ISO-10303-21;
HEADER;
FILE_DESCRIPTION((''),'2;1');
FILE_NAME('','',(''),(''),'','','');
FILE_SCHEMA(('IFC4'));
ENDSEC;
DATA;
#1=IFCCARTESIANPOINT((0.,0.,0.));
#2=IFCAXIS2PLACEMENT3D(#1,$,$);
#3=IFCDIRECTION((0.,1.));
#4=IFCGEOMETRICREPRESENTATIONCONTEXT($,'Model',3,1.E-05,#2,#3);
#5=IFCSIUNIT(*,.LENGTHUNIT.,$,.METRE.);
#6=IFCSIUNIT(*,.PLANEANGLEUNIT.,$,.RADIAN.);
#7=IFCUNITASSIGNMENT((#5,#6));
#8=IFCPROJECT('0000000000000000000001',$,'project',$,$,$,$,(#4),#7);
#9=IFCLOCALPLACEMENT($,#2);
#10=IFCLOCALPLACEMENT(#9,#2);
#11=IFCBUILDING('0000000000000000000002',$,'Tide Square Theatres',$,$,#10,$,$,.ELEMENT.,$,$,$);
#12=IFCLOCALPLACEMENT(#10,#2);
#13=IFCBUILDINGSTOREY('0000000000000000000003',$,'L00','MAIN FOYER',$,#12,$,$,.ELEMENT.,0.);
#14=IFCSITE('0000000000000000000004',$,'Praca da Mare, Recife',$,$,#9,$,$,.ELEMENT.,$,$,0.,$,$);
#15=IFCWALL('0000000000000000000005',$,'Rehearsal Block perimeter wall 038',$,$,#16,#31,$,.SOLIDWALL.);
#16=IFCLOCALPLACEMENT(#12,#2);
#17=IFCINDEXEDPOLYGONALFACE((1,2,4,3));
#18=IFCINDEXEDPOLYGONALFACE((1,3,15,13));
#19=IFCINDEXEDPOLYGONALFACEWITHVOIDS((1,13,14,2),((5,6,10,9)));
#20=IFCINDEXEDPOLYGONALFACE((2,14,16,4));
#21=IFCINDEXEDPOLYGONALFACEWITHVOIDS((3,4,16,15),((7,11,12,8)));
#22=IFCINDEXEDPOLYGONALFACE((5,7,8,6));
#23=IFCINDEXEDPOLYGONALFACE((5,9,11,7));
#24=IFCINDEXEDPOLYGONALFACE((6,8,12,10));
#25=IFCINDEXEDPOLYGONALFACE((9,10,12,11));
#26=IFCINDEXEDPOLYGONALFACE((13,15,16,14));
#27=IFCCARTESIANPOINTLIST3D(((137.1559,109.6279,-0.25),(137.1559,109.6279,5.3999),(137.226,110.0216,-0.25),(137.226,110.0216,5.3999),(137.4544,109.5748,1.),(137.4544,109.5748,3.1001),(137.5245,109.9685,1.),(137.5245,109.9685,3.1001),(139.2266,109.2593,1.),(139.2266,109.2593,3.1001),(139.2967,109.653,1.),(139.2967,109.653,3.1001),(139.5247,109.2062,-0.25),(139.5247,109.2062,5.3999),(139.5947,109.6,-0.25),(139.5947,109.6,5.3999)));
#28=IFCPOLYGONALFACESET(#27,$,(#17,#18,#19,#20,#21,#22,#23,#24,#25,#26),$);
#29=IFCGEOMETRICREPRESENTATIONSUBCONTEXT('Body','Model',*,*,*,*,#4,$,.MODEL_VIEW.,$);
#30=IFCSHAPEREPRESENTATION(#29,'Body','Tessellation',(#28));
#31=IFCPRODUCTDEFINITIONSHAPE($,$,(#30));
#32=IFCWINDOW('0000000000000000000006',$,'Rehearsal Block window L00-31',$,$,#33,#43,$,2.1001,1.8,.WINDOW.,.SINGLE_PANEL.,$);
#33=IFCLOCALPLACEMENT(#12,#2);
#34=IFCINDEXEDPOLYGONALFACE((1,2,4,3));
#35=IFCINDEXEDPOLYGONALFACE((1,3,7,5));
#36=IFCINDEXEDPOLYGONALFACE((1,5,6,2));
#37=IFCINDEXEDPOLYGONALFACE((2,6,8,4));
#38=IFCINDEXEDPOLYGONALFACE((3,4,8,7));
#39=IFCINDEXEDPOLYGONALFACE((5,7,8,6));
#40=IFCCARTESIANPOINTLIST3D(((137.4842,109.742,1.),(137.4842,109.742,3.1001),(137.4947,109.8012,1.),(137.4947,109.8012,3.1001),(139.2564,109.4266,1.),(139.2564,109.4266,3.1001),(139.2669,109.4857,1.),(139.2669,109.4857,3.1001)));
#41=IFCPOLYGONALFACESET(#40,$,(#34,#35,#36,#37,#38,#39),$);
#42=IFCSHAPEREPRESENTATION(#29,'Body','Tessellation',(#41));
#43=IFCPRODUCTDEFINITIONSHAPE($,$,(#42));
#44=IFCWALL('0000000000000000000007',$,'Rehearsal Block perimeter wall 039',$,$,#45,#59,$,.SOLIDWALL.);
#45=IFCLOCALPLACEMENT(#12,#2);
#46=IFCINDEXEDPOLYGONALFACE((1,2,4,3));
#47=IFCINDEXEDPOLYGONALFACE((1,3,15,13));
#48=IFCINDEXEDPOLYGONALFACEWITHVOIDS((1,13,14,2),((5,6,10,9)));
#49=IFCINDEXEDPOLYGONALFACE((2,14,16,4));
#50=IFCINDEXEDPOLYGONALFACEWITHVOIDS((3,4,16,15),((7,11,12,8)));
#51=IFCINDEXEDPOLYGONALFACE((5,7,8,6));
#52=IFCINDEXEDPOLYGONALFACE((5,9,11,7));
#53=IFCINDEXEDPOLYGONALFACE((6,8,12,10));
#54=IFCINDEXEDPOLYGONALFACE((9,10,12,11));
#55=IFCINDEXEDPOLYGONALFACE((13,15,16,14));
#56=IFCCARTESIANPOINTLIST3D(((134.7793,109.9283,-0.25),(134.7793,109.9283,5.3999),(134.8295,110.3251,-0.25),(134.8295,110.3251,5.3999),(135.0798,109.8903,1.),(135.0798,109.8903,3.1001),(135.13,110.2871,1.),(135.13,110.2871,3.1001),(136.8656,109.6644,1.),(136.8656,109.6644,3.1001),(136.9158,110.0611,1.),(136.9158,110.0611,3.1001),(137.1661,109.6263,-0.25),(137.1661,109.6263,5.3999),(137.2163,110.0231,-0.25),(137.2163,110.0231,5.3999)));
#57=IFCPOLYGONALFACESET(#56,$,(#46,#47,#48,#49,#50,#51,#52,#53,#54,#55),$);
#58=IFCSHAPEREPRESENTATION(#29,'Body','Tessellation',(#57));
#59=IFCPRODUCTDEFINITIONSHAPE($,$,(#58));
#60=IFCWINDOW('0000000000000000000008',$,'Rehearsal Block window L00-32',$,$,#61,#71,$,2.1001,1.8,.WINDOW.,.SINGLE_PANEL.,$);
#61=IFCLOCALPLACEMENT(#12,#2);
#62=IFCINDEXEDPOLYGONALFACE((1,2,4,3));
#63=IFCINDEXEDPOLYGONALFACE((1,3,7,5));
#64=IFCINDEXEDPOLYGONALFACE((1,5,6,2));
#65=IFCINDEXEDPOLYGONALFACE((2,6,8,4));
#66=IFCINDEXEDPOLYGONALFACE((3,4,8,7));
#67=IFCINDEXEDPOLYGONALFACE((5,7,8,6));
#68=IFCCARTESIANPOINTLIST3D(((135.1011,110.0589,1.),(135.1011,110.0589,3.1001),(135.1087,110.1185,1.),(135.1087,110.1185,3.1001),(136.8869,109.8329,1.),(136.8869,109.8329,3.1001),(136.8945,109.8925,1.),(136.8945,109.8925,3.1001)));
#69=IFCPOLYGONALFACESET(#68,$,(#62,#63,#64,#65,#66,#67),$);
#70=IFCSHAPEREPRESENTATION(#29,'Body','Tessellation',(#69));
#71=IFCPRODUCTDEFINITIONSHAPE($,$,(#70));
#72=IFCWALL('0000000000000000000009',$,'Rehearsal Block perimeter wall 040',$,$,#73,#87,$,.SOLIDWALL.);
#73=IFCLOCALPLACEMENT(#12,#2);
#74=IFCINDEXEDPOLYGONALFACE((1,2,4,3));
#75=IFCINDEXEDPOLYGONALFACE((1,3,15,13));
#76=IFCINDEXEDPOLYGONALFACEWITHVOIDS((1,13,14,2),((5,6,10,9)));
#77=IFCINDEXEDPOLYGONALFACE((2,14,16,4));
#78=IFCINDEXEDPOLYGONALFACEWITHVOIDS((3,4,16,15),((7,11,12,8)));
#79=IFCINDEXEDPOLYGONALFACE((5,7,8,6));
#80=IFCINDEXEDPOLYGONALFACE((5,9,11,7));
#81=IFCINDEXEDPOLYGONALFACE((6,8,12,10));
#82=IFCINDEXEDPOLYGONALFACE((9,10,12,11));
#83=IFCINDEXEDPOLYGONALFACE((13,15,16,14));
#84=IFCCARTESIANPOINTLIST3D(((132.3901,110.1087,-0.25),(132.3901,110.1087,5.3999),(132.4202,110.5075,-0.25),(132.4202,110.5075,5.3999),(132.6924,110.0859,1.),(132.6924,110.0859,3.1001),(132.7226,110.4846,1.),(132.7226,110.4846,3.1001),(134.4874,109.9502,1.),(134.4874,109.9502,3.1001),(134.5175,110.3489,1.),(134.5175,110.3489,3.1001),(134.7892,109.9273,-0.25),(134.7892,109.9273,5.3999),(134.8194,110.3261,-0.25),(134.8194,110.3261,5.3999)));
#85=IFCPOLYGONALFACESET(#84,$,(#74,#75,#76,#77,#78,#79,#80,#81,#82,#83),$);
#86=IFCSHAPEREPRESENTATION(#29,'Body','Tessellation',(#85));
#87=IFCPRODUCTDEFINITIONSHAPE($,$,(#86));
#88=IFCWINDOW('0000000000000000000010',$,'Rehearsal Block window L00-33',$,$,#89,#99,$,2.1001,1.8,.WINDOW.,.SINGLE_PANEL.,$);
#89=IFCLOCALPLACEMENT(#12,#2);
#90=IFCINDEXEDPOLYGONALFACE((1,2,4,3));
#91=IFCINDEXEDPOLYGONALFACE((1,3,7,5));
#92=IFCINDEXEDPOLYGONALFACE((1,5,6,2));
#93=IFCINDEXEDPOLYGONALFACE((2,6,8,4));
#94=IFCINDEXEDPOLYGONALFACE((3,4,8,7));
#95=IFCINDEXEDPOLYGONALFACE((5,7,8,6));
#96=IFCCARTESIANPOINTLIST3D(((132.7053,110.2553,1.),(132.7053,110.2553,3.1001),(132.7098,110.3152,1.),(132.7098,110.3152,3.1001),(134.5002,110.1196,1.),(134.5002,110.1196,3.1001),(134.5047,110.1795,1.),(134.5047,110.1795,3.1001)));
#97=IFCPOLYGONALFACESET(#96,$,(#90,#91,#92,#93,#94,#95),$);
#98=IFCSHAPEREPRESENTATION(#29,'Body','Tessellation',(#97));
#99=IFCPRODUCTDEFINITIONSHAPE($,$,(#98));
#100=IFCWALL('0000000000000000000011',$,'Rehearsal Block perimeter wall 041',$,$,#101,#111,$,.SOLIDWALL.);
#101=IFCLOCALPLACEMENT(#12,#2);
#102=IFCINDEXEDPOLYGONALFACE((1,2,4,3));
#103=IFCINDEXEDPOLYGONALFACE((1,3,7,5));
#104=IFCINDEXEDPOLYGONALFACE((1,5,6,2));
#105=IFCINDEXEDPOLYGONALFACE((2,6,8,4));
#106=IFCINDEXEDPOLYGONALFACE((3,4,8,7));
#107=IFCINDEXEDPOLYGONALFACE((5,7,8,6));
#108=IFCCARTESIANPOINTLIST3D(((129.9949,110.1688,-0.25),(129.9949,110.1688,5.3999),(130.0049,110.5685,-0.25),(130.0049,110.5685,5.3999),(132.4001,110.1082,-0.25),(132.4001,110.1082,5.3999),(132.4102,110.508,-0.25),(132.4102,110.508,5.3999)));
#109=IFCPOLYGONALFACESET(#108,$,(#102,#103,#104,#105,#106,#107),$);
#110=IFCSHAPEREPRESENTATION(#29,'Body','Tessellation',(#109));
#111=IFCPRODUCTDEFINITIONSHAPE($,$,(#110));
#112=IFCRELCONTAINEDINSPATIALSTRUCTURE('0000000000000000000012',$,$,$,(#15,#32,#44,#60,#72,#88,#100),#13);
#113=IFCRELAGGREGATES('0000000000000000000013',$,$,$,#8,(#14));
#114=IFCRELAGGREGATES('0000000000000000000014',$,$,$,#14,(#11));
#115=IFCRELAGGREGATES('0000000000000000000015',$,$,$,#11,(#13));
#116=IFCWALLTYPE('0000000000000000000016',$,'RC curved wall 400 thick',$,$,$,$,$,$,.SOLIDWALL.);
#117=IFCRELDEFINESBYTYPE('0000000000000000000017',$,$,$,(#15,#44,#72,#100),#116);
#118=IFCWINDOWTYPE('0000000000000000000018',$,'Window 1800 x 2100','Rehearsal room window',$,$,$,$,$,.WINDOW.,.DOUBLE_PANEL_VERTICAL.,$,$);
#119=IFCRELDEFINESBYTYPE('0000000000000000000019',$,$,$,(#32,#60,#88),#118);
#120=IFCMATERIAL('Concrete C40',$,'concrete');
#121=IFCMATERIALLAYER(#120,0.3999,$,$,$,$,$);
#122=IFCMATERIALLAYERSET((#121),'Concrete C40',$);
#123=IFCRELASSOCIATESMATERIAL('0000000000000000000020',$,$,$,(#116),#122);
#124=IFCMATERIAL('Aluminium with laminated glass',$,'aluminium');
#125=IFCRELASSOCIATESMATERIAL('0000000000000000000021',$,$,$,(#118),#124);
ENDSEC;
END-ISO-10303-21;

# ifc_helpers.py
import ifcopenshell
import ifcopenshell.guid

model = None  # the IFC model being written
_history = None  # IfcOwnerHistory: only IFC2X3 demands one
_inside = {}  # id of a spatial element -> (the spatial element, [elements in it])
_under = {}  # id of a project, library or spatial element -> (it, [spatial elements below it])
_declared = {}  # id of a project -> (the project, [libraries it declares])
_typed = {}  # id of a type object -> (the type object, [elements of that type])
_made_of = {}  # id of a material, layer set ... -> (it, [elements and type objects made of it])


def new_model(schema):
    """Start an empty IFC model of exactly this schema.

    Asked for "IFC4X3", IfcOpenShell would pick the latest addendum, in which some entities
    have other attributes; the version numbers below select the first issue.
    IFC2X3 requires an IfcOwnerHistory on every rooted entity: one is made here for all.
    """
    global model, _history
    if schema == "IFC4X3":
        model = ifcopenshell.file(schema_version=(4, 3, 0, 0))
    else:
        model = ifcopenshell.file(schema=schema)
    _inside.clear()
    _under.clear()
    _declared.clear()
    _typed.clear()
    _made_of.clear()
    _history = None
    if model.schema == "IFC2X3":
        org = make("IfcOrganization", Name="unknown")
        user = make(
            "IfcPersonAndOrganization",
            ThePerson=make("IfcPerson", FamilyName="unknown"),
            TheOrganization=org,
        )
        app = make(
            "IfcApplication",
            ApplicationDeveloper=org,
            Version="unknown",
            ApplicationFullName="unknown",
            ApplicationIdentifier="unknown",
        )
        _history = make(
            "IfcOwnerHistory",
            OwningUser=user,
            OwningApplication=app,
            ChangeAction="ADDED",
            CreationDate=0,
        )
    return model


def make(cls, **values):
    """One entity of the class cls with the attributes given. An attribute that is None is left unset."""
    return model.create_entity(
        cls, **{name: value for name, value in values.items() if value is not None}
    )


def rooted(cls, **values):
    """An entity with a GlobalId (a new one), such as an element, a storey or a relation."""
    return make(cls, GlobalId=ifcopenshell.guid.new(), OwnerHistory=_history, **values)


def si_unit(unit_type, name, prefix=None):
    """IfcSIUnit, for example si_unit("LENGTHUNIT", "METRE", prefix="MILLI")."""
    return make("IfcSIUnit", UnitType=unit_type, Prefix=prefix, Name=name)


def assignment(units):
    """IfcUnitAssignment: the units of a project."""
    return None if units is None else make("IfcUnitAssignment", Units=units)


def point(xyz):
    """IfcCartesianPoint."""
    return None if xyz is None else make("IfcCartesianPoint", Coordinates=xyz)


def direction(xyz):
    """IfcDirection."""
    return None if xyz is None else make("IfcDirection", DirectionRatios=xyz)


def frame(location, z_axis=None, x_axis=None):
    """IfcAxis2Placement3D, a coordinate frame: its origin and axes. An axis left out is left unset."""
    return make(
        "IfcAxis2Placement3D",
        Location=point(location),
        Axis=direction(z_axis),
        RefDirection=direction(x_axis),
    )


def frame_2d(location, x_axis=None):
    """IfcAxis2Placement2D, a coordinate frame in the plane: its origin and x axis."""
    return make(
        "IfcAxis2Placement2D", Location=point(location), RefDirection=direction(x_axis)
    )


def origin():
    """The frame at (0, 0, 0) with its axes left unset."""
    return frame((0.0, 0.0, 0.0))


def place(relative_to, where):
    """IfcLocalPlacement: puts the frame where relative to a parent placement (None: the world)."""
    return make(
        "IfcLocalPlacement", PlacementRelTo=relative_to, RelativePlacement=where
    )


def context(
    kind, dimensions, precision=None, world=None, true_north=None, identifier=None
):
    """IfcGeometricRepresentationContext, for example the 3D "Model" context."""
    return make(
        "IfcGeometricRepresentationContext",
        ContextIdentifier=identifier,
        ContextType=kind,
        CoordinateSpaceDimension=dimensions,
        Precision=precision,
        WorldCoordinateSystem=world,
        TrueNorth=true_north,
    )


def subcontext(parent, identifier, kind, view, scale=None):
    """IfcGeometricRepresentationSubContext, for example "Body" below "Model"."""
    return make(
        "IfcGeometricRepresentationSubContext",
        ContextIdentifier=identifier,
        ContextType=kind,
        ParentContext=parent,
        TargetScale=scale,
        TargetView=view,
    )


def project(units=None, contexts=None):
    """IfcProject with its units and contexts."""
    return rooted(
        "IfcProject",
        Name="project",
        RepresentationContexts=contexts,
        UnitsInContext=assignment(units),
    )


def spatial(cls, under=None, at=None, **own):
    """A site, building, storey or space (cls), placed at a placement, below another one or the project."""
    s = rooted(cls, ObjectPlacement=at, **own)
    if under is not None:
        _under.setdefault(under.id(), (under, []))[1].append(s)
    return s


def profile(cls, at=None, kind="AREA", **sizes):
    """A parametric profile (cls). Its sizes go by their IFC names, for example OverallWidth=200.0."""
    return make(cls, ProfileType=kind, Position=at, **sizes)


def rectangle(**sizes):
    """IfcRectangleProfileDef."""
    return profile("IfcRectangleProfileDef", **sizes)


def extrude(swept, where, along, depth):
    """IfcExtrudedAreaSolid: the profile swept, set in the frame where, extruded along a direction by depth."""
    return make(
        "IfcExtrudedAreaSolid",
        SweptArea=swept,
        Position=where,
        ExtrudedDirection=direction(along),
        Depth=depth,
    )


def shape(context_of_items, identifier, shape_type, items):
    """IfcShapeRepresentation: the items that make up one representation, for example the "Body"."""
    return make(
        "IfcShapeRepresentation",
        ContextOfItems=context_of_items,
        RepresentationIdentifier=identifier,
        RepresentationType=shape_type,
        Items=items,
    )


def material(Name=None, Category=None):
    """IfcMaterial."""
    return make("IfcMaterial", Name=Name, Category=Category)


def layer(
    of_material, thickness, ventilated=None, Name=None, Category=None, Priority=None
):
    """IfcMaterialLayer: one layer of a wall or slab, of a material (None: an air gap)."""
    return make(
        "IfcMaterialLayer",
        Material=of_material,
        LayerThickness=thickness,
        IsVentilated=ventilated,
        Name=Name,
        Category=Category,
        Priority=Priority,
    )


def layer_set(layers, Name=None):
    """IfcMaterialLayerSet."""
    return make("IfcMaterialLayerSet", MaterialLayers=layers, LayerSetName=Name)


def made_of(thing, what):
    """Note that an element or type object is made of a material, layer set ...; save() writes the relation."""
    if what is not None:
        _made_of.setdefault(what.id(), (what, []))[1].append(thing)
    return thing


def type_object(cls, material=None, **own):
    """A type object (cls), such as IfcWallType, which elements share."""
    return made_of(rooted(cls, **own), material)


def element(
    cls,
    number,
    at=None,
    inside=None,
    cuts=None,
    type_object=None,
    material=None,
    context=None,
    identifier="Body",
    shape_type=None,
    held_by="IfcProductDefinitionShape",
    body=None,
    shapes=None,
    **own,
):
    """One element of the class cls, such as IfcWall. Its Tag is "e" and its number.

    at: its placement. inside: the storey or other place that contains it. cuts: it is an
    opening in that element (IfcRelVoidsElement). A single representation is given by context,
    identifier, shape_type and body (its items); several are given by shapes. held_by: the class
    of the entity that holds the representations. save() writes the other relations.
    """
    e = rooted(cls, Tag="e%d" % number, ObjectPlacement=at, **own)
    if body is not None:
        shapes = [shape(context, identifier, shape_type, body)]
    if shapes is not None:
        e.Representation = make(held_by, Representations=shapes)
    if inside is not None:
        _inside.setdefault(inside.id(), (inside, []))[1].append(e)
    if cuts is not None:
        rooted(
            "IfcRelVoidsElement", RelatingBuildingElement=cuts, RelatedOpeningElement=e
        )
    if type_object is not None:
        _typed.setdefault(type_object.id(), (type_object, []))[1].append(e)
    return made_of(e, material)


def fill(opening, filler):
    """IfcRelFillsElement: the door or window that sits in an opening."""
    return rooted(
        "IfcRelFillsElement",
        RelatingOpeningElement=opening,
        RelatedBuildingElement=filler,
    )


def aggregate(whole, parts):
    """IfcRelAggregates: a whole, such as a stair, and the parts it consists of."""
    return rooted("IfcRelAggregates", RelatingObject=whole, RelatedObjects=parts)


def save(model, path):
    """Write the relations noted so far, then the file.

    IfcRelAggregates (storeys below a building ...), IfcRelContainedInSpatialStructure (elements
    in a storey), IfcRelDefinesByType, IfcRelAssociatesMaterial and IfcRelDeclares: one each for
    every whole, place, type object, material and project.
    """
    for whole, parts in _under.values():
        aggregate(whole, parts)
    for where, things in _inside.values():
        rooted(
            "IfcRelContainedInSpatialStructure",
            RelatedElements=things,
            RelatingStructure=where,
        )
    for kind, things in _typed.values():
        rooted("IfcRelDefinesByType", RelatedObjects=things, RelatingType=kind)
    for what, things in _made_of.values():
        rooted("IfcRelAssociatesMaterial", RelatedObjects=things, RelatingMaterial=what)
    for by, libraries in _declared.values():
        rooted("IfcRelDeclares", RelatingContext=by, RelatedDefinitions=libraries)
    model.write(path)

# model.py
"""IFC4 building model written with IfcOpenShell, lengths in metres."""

from ifc_helpers import new_model, si_unit, direction, frame, frame_2d, origin, place, context, subcontext, project, spatial, rectangle, extrude, material, layer, layer_set, type_object, element, fill, save


model = new_model("IFC4")

# Units and contexts
model_context = context("Model", 3, precision=1e-05, world=origin(), true_north=direction((0.0, 1.0)))
body_context = subcontext(model_context, "Body", "Model", "MODEL_VIEW")
ifc_project = project(units=[si_unit("LENGTHUNIT", "METRE"), si_unit("PLANEANGLEUNIT", "RADIAN")], contexts=[model_context])

# Site, building, storey
site_placement = place(None, origin())
site = spatial("IfcSite", under=ifc_project, at=site_placement, Name="Praca da Mare, Recife", CompositionType="ELEMENT", RefElevation=0.0)
building_placement = place(site_placement, origin())
building = spatial("IfcBuilding", under=site, at=building_placement, Name="Tide Square Theatres", CompositionType="ELEMENT")
storey_placement = place(building_placement, origin())
storey = spatial("IfcBuildingStorey", under=building, at=storey_placement, Name="L00", Description="MAIN FOYER", CompositionType="ELEMENT", Elevation=0.0)

# Shared definitions
ifc_material_1 = material(Name="Concrete C40", Category="concrete")
ifc_layer_1 = layer(ifc_material_1, 0.3999)
ifc_layer_set_1 = layer_set([ifc_layer_1], Name="Concrete C40")
wall_type_1 = type_object("IfcWallType", Name="RC curved wall 400 thick", PredefinedType="SOLIDWALL", material=ifc_layer_set_1)
ifc_material_2 = material(Name="Aluminium with laminated glass", Category="aluminium")
window_type = type_object("IfcWindowType", Name="Window 1800 x 2100", Description="Rehearsal room window", PartitioningType="DOUBLE_PANEL_VERTICAL", PredefinedType="WINDOW", material=ifc_material_2)

# Walls, openings, windows
wall_1_placement = place(storey_placement, frame((139.5598, 109.4031, -0.25), z_axis=(0.0, 0.0, 1.0), x_axis=(-0.984524, 0.17525, 0.0)))
wall_1 = element("IfcWall", 1, at=wall_1_placement, inside=storey, type_object=wall_type_1, Name="Rehearsal Block perimeter wall 038", PredefinedType="SOLIDWALL", context=body_context, shape_type="SweptSolid", body=[
    extrude(rectangle(XDim=2.406, YDim=0.3999, at=frame_2d((1.2031, 0.0))), origin(), (0.0, 0.0, 1.0), 5.6499),
])
opening_1_placement = place(wall_1_placement, frame((0.303, 0.0, 1.25)))
opening_1 = element("IfcOpeningElement", 2, at=opening_1_placement, cuts=wall_1, PredefinedType="OPENING", context=body_context, shape_type="SweptSolid", body=[
    extrude(rectangle(XDim=1.8, YDim=2.1001, at=frame_2d((0.8999, 1.05))), frame((0.0, 0.21, 0.0), z_axis=(0.0, -1.0, 0.0), x_axis=(1.0, 0.0, 0.0)), (0.0, 0.0, 1.0), 0.4199),
])
window_1_placement = place(opening_1_placement, origin())
window_1 = element("IfcWindow", 3, at=window_1_placement, inside=storey, type_object=window_type, Name="Rehearsal Block window L00-31", OverallHeight=2.1001, OverallWidth=1.8, PartitioningType="SINGLE_PANEL", PredefinedType="WINDOW", context=body_context, shape_type="SweptSolid", body=[
    extrude(rectangle(XDim=1.8, YDim=2.1001, at=frame_2d((0.8999, 1.05))), frame((0.0, 0.03, 0.0), z_axis=(0.0, -1.0, 0.0), x_axis=(1.0, 0.0, 0.0)), (0.0, 0.0, 1.0), 0.0601),
])
fill(opening_1, window_1)
wall_2_placement = place(storey_placement, frame((137.1912, 109.8247, -0.25), z_axis=(0.0, 0.0, 1.0), x_axis=(-0.992089, 0.125533, 0.0)))
wall_2 = element("IfcWall", 4, at=wall_2_placement, inside=storey, type_object=wall_type_1, Name="Rehearsal Block perimeter wall 039", PredefinedType="SOLIDWALL", context=body_context, shape_type="SweptSolid", body=[
    extrude(rectangle(XDim=2.4058, YDim=0.3999, at=frame_2d((1.2029, 0.0))), origin(), (0.0, 0.0, 1.0), 5.6499),
])
opening_2_placement = place(wall_2_placement, frame((0.303, 0.0, 1.25)))
opening_2 = element("IfcOpeningElement", 5, at=opening_2_placement, cuts=wall_2, PredefinedType="OPENING", context=body_context, shape_type="SweptSolid", body=[
    extrude(rectangle(XDim=1.8, YDim=2.1001, at=frame_2d((0.8999, 1.05))), frame((0.0, 0.21, 0.0), z_axis=(0.0, -1.0, 0.0), x_axis=(1.0, 0.0, 0.0)), (0.0, 0.0, 1.0), 0.4199),
])
window_2_placement = place(opening_2_placement, origin())
window_2 = element("IfcWindow", 6, at=window_2_placement, inside=storey, type_object=window_type, Name="Rehearsal Block window L00-32", OverallHeight=2.1001, OverallWidth=1.8, PartitioningType="SINGLE_PANEL", PredefinedType="WINDOW", context=body_context, shape_type="SweptSolid", body=[
    extrude(rectangle(XDim=1.8, YDim=2.1001, at=frame_2d((0.8999, 1.05))), frame((0.0, 0.03, 0.0), z_axis=(0.0, -1.0, 0.0), x_axis=(1.0, 0.0, 0.0)), (0.0, 0.0, 1.0), 0.0601),
])
fill(opening_2, window_2)
wall_3_placement = place(storey_placement, frame((134.8044, 110.1267, -0.25), z_axis=(0.0, 0.0, 1.0), x_axis=(-0.997154, 0.075393, 0.0)))
wall_3 = element("IfcWall", 7, at=wall_3_placement, inside=storey, type_object=wall_type_1, Name="Rehearsal Block perimeter wall 040", PredefinedType="SOLIDWALL", context=body_context, shape_type="SweptSolid", body=[
    extrude(rectangle(XDim=2.406, YDim=0.3999, at=frame_2d((1.2031, 0.0))), origin(), (0.0, 0.0, 1.0), 5.6499),
])
opening_3_placement = place(wall_3_placement, frame((0.303, 0.0, 1.25)))
opening_3 = element("IfcOpeningElement", 8, at=opening_3_placement, cuts=wall_3, PredefinedType="OPENING", context=body_context, shape_type="SweptSolid", body=[
    extrude(rectangle(XDim=1.8, YDim=2.1001, at=frame_2d((0.8999, 1.05))), frame((0.0, 0.21, 0.0), z_axis=(0.0, -1.0, 0.0), x_axis=(1.0, 0.0, 0.0)), (0.0, 0.0, 1.0), 0.4199),
])
window_3_placement = place(opening_3_placement, origin())
window_3 = element("IfcWindow", 9, at=window_3_placement, inside=storey, type_object=window_type, Name="Rehearsal Block window L00-33", OverallHeight=2.1001, OverallWidth=1.8, PartitioningType="SINGLE_PANEL", PredefinedType="WINDOW", context=body_context, shape_type="SweptSolid", body=[
    extrude(rectangle(XDim=1.8, YDim=2.1001, at=frame_2d((0.8999, 1.05))), frame((0.0, 0.03, 0.0), z_axis=(0.0, -1.0, 0.0), x_axis=(1.0, 0.0, 0.0)), (0.0, 0.0, 1.0), 0.0601),
])
fill(opening_3, window_3)

# Wall
wall_4_placement = place(storey_placement, frame((132.4053, 110.3081, -0.25), z_axis=(0.0, 0.0, 1.0), x_axis=(-0.999683, 0.025165, 0.0)))
element("IfcWall", 10, at=wall_4_placement, inside=storey, type_object=wall_type_1, Name="Rehearsal Block perimeter wall 041", PredefinedType="SOLIDWALL", context=body_context, shape_type="SweptSolid", body=[
    extrude(rectangle(XDim=2.406, YDim=0.3999, at=frame_2d((1.2031, 0.0))), origin(), (0.0, 0.0, 1.0), 5.6499),
])

save(model, "model.ifc")
